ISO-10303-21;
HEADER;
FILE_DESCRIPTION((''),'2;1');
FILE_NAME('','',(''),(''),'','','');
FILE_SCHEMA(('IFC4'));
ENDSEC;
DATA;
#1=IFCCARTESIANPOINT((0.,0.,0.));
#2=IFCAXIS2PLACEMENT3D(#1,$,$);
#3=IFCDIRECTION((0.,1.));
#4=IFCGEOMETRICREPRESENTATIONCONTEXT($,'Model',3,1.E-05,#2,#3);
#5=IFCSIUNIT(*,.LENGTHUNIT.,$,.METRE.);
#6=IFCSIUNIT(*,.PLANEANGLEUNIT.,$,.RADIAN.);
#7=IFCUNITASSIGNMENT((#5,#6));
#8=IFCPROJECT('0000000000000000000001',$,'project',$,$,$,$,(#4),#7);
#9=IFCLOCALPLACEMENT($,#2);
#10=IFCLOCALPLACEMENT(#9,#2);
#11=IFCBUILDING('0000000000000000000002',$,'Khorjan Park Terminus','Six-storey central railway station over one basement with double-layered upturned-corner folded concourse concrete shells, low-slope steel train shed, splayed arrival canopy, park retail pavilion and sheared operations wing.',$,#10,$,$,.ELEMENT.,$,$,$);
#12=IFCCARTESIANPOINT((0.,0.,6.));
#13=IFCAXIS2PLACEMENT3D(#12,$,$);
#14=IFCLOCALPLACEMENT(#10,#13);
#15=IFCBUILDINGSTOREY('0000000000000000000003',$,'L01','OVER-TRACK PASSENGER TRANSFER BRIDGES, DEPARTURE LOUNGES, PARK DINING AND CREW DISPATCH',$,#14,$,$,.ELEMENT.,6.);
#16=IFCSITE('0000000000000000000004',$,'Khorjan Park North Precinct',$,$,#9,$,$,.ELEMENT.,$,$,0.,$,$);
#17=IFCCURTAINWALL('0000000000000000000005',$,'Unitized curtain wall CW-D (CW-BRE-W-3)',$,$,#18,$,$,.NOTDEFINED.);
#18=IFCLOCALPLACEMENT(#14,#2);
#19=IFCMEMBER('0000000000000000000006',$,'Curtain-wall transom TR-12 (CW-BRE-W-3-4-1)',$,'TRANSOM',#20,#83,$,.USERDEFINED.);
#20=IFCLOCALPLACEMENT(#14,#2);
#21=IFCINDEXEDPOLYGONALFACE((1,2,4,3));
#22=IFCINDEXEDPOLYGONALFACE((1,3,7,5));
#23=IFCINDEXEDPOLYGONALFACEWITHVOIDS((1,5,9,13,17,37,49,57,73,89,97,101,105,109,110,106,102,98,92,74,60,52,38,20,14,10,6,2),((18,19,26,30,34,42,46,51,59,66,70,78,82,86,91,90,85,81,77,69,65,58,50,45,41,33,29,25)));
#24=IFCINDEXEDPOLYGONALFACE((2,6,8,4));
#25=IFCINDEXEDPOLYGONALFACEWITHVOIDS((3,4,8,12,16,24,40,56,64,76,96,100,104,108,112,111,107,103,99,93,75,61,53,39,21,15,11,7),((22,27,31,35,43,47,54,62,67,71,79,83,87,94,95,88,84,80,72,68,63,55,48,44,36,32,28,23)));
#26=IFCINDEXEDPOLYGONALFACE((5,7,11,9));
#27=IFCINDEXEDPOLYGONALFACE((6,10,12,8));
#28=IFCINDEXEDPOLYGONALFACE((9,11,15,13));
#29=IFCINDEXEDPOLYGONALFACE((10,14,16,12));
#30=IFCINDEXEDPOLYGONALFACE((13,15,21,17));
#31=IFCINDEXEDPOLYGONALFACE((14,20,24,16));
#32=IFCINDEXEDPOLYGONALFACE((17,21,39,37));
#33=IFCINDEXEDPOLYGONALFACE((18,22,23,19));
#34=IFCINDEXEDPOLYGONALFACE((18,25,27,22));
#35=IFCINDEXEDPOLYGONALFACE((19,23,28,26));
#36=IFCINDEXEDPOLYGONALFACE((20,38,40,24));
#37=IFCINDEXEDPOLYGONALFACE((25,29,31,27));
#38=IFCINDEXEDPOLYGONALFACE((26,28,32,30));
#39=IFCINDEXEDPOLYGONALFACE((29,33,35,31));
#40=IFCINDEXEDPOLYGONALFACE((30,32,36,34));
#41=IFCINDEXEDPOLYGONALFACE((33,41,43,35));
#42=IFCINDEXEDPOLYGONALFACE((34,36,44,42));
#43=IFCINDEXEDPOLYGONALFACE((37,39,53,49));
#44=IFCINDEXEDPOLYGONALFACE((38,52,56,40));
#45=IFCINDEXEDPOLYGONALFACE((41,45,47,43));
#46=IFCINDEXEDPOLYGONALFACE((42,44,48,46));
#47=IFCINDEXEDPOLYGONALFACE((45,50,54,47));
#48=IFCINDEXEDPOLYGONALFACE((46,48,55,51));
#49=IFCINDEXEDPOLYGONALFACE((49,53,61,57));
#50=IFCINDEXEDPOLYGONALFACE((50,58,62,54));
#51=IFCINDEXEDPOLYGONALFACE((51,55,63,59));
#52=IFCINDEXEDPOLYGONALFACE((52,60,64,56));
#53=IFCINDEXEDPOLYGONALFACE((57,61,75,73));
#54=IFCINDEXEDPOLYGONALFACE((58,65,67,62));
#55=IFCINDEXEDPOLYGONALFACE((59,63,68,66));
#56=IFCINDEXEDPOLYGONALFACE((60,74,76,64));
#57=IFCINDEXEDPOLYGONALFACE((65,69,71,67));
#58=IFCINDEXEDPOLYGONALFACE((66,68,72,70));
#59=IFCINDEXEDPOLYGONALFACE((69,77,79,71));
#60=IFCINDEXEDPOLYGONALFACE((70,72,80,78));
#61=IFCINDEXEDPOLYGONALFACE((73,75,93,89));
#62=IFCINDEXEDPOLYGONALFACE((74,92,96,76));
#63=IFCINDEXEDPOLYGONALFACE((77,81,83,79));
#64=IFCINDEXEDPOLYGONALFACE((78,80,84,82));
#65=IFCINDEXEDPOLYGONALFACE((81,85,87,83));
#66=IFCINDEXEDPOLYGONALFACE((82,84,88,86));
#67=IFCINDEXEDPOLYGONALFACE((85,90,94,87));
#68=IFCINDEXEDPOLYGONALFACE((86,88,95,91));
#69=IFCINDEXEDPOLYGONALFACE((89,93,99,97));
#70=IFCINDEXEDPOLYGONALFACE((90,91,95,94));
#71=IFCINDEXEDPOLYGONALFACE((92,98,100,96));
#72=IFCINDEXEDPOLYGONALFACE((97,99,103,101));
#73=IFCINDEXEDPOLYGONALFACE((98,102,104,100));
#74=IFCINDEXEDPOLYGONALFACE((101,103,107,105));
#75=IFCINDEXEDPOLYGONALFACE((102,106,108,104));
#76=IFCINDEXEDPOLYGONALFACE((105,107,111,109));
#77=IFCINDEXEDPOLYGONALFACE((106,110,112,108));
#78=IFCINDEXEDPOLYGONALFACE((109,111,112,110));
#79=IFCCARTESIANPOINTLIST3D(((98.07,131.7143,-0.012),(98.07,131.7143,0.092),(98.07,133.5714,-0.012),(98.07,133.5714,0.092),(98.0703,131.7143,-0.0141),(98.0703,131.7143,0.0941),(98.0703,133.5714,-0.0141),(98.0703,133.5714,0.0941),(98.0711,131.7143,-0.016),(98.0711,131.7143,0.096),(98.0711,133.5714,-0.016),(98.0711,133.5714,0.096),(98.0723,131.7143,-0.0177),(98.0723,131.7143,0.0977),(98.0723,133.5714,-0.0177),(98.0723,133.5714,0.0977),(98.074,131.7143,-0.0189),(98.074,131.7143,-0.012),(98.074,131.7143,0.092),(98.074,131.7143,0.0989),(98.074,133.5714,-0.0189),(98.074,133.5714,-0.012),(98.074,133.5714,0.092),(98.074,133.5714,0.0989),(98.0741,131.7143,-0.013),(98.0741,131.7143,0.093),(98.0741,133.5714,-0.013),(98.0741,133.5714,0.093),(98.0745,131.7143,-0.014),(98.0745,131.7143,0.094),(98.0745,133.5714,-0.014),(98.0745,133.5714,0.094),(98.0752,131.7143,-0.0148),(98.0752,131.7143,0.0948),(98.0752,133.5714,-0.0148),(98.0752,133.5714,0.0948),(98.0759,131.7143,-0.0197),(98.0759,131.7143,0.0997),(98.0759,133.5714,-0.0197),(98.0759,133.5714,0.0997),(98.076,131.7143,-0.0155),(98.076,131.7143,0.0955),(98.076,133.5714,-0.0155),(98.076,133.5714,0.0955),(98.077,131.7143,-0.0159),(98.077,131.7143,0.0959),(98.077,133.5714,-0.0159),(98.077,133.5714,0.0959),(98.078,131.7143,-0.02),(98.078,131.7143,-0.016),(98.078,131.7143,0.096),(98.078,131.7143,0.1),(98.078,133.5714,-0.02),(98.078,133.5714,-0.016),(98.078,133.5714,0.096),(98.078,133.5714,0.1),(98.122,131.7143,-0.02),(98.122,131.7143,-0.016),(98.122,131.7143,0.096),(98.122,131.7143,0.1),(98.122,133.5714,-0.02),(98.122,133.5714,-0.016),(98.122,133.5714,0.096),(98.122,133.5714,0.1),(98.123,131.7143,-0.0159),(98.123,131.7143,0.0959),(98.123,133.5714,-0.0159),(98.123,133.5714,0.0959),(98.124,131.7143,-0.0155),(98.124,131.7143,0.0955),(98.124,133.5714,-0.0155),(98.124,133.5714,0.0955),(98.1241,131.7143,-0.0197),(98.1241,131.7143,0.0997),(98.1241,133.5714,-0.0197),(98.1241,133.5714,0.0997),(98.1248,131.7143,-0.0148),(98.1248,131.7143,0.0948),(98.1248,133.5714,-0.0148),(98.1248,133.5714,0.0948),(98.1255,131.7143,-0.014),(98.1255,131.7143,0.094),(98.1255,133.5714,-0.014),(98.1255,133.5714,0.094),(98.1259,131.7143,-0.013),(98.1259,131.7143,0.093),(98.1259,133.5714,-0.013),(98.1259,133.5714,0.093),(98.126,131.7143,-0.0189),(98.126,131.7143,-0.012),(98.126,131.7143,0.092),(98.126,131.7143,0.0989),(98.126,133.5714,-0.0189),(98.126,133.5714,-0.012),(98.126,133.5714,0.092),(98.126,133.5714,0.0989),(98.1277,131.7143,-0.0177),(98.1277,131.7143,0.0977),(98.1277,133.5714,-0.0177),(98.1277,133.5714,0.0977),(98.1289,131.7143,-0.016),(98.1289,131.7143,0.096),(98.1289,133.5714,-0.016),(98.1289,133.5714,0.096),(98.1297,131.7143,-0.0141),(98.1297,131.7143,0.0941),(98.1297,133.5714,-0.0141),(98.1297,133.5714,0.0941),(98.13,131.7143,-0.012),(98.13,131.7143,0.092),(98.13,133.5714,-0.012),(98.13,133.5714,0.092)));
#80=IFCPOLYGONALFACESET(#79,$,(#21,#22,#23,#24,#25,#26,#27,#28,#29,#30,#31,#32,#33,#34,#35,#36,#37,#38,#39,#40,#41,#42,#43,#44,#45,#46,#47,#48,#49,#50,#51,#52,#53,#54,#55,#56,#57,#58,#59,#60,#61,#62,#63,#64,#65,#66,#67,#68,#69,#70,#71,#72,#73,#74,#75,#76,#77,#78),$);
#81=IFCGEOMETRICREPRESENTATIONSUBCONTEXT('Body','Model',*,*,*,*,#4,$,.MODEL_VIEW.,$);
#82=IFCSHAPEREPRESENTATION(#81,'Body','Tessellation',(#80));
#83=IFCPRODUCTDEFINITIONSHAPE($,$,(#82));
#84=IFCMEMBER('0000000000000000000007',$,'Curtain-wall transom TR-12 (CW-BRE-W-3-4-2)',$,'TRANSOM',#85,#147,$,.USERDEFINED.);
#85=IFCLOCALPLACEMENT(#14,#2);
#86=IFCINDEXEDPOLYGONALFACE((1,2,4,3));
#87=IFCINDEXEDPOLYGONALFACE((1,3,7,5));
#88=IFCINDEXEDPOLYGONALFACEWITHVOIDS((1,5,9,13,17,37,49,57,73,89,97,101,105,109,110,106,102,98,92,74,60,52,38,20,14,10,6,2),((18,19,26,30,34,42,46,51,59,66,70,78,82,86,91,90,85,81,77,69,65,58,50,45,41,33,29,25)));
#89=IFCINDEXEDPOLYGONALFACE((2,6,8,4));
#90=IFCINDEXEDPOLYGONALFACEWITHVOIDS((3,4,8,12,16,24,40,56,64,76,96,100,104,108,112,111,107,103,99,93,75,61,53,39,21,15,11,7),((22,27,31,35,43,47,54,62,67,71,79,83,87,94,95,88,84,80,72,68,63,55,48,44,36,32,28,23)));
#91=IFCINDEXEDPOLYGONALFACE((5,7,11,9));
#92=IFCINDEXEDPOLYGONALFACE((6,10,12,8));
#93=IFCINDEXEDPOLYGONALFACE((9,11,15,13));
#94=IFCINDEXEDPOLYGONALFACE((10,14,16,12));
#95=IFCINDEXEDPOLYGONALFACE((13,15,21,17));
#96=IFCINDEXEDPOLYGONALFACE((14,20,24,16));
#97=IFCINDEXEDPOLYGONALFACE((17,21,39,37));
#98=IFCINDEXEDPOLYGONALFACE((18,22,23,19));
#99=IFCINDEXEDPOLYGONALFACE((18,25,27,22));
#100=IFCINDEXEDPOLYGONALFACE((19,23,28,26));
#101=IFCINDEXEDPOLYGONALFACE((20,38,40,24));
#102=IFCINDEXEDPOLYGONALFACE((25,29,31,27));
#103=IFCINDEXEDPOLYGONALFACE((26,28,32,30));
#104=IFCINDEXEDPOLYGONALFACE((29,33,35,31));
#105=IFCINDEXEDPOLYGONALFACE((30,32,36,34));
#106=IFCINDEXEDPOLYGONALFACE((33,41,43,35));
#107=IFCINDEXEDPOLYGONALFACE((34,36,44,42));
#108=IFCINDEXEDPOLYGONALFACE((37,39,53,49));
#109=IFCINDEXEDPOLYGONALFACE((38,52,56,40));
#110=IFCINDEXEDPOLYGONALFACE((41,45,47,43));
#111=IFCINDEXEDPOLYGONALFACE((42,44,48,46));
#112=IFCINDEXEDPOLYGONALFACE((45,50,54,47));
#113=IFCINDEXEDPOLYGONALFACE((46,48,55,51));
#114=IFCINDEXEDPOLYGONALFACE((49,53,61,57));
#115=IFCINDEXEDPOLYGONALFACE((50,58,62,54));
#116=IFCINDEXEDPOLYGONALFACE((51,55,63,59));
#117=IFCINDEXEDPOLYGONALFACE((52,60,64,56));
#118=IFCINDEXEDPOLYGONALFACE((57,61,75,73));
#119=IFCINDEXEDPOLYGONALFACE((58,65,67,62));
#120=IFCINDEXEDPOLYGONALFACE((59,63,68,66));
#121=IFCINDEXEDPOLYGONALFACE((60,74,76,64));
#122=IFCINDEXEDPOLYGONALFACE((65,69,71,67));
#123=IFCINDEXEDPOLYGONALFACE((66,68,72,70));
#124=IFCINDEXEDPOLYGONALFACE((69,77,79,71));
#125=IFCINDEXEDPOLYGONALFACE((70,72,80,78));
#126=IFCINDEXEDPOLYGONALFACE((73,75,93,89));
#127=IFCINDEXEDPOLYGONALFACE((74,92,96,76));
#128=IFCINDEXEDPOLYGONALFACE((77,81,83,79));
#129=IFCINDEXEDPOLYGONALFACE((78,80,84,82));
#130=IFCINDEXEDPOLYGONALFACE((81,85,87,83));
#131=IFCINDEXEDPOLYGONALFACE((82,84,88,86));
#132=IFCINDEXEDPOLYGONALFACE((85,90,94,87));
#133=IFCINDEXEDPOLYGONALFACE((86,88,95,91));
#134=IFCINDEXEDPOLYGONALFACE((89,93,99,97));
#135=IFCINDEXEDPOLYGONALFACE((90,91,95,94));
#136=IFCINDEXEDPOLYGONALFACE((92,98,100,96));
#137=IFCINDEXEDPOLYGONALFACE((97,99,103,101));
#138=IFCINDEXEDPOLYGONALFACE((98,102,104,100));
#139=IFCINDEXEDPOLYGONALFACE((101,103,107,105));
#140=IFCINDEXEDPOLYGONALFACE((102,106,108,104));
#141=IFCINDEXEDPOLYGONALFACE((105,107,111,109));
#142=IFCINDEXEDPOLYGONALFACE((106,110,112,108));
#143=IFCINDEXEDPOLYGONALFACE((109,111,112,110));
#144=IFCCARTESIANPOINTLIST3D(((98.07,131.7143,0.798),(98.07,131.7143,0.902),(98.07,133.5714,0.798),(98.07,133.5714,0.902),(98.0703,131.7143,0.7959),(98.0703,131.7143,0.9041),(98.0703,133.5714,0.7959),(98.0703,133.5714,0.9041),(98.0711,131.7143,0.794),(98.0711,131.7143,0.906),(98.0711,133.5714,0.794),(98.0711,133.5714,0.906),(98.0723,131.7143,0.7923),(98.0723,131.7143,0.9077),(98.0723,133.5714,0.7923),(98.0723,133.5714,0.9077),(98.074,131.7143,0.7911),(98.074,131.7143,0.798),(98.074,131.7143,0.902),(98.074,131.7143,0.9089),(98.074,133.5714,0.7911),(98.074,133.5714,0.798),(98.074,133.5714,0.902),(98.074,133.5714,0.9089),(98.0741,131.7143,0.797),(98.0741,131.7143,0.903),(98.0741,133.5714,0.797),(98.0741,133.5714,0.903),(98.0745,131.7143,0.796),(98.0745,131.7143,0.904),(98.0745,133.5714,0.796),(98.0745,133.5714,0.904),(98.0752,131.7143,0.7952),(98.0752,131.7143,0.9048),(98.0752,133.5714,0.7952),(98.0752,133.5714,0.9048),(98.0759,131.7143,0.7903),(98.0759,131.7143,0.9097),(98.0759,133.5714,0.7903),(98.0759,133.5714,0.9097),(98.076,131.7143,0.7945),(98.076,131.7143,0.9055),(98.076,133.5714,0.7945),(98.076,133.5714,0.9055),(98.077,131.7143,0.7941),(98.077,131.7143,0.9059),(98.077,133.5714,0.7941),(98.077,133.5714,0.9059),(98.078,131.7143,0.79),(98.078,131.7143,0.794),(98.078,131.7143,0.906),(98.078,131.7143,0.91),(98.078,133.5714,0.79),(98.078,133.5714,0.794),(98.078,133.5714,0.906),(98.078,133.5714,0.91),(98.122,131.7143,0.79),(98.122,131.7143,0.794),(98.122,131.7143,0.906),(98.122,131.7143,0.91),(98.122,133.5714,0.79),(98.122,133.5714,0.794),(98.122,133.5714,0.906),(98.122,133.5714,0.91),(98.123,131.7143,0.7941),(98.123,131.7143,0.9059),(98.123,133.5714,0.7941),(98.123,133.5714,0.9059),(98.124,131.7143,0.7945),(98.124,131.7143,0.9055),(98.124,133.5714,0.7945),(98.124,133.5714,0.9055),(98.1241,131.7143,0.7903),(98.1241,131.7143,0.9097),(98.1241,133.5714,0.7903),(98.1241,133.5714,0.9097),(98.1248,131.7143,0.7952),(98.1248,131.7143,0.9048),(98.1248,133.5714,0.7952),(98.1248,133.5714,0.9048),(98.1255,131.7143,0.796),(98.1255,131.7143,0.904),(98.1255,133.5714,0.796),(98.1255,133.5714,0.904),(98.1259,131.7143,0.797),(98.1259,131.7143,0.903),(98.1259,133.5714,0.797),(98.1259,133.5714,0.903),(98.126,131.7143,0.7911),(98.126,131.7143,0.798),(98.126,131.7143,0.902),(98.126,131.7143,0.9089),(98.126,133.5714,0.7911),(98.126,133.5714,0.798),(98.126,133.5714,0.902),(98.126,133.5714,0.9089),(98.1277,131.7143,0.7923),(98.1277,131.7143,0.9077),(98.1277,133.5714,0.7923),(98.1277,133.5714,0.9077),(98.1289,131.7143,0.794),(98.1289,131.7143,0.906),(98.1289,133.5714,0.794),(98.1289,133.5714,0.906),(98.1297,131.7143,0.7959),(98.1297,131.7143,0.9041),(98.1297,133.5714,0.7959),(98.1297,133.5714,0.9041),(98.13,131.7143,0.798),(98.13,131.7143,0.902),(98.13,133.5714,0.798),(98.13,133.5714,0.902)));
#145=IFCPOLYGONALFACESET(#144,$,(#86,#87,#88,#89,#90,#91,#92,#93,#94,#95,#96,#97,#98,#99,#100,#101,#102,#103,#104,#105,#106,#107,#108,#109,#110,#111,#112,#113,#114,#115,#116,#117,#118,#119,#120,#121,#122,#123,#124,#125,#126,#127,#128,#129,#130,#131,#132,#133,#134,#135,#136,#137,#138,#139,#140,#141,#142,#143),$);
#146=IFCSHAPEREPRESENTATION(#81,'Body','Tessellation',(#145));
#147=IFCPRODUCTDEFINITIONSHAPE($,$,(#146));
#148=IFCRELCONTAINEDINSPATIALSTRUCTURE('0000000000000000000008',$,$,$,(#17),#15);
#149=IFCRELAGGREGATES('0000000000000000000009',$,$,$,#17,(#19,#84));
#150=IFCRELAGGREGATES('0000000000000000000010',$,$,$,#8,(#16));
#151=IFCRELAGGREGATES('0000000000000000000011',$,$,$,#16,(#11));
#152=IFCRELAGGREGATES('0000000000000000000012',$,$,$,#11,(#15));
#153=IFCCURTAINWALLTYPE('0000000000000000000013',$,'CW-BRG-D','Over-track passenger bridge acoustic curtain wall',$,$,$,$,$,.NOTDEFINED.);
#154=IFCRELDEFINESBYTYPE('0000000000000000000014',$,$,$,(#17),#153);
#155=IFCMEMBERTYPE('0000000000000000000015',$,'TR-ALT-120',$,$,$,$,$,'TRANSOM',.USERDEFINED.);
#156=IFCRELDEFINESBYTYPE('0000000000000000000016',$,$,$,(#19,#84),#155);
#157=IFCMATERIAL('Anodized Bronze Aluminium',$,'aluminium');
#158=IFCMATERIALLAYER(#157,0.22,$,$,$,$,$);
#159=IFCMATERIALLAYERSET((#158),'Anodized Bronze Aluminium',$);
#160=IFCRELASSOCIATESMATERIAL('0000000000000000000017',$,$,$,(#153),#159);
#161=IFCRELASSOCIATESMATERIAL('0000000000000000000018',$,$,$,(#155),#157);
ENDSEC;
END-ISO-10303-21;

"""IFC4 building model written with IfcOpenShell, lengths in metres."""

from ifc_helpers import new_model, si_unit, direction, frame, origin, origin_2d, place, context, subcontext, project, spatial, hollow_rectangle, extrude, material, layer, layer_set, material_profile, profile_set, type_object, element, aggregate, save


model = new_model("IFC4")

# Units and contexts
model_context = context("Model", 3, precision=1e-05, world=origin(), true_north=direction((0.0, 1.0)))
body_context = subcontext(model_context, "Body", "Model", "MODEL_VIEW")
ifc_project = project(units=[si_unit("LENGTHUNIT", "METRE"), si_unit("PLANEANGLEUNIT", "RADIAN")], contexts=[model_context])

# Site, building, storey
site_placement = place(None, origin())
site = spatial("IfcSite", under=ifc_project, at=site_placement, Name="Khorjan Park North Precinct", CompositionType="ELEMENT", RefElevation=0.0)
building_placement = place(site_placement, origin())
building = spatial("IfcBuilding", under=site, at=building_placement, Name="Khorjan Park Terminus", Description="Six-storey central railway station over one basement with double-layered upturned-corner folded concourse concrete shells, low-slope steel train shed, splayed arrival canopy, park retail pavilion and sheared operations wing.", CompositionType="ELEMENT")
storey_placement = place(building_placement, frame((0.0, 0.0, 6.0)))
storey = spatial("IfcBuildingStorey", under=building, at=storey_placement, Name="L01", Description="OVER-TRACK PASSENGER TRANSFER BRIDGES, DEPARTURE LOUNGES, PARK DINING AND CREW DISPATCH", CompositionType="ELEMENT", Elevation=6.0)

# Shared definitions
ifc_material_1 = material(Name="Anodized Bronze Aluminium", Category="aluminium")
ifc_layer_1 = layer(ifc_material_1, 0.22)
ifc_layer_set_1 = layer_set([ifc_layer_1], Name="Anodized Bronze Aluminium")
curtain_wall_type = type_object("IfcCurtainWallType", Name="CW-BRG-D", Description="Over-track passenger bridge acoustic curtain wall", PredefinedType="NOTDEFINED", material=ifc_layer_set_1)

# Curtain wall
curtain_wall_1_placement = place(storey_placement, origin())
curtain_wall_1 = element("IfcCurtainWall", 1, at=curtain_wall_1_placement, inside=storey, type_object=curtain_wall_type, Name="Unitized curtain wall CW-D (CW-BRE-W-3)", PredefinedType="NOTDEFINED")

# Members
ifc_material_profile_1 = material_profile(ifc_material_1, hollow_rectangle(XDim=0.06, YDim=0.12, WallThickness=0.004, InnerFilletRadius=0.004, OuterFilletRadius=0.008, at=origin_2d()), Name="ALT 60x120x4")
ifc_profile_set_1 = profile_set([ifc_material_profile_1], Name="Anodized Bronze Aluminium")
member_type_1 = type_object("IfcMemberType", Name="TR-ALT-120", ElementType="TRANSOM", PredefinedType="USERDEFINED", material=ifc_profile_set_1)
member_1_placement = place(storey_placement, frame((98.1, 133.5714, 0.04), z_axis=(0.0, -1.0, 0.0), x_axis=(1.0, 0.0, 0.0)))
member_1 = element("IfcMember", 2, at=member_1_placement, type_object=member_type_1, Name="Curtain-wall transom TR-12 (CW-BRE-W-3-4-1)", ObjectType="TRANSOM", PredefinedType="USERDEFINED", context=body_context, shape_type="SweptSolid", body=[
    extrude(hollow_rectangle(XDim=0.06, YDim=0.12, WallThickness=0.004, InnerFilletRadius=0.004, OuterFilletRadius=0.008, at=origin_2d()), origin(), (0.0, 0.0, 1.0), 1.8571),
])
member_2_placement = place(storey_placement, frame((98.1, 133.5714, 0.85), z_axis=(0.0, -1.0, 0.0), x_axis=(1.0, 0.0, 0.0)))
member_2 = element("IfcMember", 3, at=member_2_placement, type_object=member_type_1, Name="Curtain-wall transom TR-12 (CW-BRE-W-3-4-2)", ObjectType="TRANSOM", PredefinedType="USERDEFINED", context=body_context, shape_type="SweptSolid", body=[
    extrude(hollow_rectangle(XDim=0.06, YDim=0.12, WallThickness=0.004, InnerFilletRadius=0.004, OuterFilletRadius=0.008, at=origin_2d()), origin(), (0.0, 0.0, 1.0), 1.8571),
])

aggregate(curtain_wall_1, [member_1, member_2])

save(model, "model.ifc")
